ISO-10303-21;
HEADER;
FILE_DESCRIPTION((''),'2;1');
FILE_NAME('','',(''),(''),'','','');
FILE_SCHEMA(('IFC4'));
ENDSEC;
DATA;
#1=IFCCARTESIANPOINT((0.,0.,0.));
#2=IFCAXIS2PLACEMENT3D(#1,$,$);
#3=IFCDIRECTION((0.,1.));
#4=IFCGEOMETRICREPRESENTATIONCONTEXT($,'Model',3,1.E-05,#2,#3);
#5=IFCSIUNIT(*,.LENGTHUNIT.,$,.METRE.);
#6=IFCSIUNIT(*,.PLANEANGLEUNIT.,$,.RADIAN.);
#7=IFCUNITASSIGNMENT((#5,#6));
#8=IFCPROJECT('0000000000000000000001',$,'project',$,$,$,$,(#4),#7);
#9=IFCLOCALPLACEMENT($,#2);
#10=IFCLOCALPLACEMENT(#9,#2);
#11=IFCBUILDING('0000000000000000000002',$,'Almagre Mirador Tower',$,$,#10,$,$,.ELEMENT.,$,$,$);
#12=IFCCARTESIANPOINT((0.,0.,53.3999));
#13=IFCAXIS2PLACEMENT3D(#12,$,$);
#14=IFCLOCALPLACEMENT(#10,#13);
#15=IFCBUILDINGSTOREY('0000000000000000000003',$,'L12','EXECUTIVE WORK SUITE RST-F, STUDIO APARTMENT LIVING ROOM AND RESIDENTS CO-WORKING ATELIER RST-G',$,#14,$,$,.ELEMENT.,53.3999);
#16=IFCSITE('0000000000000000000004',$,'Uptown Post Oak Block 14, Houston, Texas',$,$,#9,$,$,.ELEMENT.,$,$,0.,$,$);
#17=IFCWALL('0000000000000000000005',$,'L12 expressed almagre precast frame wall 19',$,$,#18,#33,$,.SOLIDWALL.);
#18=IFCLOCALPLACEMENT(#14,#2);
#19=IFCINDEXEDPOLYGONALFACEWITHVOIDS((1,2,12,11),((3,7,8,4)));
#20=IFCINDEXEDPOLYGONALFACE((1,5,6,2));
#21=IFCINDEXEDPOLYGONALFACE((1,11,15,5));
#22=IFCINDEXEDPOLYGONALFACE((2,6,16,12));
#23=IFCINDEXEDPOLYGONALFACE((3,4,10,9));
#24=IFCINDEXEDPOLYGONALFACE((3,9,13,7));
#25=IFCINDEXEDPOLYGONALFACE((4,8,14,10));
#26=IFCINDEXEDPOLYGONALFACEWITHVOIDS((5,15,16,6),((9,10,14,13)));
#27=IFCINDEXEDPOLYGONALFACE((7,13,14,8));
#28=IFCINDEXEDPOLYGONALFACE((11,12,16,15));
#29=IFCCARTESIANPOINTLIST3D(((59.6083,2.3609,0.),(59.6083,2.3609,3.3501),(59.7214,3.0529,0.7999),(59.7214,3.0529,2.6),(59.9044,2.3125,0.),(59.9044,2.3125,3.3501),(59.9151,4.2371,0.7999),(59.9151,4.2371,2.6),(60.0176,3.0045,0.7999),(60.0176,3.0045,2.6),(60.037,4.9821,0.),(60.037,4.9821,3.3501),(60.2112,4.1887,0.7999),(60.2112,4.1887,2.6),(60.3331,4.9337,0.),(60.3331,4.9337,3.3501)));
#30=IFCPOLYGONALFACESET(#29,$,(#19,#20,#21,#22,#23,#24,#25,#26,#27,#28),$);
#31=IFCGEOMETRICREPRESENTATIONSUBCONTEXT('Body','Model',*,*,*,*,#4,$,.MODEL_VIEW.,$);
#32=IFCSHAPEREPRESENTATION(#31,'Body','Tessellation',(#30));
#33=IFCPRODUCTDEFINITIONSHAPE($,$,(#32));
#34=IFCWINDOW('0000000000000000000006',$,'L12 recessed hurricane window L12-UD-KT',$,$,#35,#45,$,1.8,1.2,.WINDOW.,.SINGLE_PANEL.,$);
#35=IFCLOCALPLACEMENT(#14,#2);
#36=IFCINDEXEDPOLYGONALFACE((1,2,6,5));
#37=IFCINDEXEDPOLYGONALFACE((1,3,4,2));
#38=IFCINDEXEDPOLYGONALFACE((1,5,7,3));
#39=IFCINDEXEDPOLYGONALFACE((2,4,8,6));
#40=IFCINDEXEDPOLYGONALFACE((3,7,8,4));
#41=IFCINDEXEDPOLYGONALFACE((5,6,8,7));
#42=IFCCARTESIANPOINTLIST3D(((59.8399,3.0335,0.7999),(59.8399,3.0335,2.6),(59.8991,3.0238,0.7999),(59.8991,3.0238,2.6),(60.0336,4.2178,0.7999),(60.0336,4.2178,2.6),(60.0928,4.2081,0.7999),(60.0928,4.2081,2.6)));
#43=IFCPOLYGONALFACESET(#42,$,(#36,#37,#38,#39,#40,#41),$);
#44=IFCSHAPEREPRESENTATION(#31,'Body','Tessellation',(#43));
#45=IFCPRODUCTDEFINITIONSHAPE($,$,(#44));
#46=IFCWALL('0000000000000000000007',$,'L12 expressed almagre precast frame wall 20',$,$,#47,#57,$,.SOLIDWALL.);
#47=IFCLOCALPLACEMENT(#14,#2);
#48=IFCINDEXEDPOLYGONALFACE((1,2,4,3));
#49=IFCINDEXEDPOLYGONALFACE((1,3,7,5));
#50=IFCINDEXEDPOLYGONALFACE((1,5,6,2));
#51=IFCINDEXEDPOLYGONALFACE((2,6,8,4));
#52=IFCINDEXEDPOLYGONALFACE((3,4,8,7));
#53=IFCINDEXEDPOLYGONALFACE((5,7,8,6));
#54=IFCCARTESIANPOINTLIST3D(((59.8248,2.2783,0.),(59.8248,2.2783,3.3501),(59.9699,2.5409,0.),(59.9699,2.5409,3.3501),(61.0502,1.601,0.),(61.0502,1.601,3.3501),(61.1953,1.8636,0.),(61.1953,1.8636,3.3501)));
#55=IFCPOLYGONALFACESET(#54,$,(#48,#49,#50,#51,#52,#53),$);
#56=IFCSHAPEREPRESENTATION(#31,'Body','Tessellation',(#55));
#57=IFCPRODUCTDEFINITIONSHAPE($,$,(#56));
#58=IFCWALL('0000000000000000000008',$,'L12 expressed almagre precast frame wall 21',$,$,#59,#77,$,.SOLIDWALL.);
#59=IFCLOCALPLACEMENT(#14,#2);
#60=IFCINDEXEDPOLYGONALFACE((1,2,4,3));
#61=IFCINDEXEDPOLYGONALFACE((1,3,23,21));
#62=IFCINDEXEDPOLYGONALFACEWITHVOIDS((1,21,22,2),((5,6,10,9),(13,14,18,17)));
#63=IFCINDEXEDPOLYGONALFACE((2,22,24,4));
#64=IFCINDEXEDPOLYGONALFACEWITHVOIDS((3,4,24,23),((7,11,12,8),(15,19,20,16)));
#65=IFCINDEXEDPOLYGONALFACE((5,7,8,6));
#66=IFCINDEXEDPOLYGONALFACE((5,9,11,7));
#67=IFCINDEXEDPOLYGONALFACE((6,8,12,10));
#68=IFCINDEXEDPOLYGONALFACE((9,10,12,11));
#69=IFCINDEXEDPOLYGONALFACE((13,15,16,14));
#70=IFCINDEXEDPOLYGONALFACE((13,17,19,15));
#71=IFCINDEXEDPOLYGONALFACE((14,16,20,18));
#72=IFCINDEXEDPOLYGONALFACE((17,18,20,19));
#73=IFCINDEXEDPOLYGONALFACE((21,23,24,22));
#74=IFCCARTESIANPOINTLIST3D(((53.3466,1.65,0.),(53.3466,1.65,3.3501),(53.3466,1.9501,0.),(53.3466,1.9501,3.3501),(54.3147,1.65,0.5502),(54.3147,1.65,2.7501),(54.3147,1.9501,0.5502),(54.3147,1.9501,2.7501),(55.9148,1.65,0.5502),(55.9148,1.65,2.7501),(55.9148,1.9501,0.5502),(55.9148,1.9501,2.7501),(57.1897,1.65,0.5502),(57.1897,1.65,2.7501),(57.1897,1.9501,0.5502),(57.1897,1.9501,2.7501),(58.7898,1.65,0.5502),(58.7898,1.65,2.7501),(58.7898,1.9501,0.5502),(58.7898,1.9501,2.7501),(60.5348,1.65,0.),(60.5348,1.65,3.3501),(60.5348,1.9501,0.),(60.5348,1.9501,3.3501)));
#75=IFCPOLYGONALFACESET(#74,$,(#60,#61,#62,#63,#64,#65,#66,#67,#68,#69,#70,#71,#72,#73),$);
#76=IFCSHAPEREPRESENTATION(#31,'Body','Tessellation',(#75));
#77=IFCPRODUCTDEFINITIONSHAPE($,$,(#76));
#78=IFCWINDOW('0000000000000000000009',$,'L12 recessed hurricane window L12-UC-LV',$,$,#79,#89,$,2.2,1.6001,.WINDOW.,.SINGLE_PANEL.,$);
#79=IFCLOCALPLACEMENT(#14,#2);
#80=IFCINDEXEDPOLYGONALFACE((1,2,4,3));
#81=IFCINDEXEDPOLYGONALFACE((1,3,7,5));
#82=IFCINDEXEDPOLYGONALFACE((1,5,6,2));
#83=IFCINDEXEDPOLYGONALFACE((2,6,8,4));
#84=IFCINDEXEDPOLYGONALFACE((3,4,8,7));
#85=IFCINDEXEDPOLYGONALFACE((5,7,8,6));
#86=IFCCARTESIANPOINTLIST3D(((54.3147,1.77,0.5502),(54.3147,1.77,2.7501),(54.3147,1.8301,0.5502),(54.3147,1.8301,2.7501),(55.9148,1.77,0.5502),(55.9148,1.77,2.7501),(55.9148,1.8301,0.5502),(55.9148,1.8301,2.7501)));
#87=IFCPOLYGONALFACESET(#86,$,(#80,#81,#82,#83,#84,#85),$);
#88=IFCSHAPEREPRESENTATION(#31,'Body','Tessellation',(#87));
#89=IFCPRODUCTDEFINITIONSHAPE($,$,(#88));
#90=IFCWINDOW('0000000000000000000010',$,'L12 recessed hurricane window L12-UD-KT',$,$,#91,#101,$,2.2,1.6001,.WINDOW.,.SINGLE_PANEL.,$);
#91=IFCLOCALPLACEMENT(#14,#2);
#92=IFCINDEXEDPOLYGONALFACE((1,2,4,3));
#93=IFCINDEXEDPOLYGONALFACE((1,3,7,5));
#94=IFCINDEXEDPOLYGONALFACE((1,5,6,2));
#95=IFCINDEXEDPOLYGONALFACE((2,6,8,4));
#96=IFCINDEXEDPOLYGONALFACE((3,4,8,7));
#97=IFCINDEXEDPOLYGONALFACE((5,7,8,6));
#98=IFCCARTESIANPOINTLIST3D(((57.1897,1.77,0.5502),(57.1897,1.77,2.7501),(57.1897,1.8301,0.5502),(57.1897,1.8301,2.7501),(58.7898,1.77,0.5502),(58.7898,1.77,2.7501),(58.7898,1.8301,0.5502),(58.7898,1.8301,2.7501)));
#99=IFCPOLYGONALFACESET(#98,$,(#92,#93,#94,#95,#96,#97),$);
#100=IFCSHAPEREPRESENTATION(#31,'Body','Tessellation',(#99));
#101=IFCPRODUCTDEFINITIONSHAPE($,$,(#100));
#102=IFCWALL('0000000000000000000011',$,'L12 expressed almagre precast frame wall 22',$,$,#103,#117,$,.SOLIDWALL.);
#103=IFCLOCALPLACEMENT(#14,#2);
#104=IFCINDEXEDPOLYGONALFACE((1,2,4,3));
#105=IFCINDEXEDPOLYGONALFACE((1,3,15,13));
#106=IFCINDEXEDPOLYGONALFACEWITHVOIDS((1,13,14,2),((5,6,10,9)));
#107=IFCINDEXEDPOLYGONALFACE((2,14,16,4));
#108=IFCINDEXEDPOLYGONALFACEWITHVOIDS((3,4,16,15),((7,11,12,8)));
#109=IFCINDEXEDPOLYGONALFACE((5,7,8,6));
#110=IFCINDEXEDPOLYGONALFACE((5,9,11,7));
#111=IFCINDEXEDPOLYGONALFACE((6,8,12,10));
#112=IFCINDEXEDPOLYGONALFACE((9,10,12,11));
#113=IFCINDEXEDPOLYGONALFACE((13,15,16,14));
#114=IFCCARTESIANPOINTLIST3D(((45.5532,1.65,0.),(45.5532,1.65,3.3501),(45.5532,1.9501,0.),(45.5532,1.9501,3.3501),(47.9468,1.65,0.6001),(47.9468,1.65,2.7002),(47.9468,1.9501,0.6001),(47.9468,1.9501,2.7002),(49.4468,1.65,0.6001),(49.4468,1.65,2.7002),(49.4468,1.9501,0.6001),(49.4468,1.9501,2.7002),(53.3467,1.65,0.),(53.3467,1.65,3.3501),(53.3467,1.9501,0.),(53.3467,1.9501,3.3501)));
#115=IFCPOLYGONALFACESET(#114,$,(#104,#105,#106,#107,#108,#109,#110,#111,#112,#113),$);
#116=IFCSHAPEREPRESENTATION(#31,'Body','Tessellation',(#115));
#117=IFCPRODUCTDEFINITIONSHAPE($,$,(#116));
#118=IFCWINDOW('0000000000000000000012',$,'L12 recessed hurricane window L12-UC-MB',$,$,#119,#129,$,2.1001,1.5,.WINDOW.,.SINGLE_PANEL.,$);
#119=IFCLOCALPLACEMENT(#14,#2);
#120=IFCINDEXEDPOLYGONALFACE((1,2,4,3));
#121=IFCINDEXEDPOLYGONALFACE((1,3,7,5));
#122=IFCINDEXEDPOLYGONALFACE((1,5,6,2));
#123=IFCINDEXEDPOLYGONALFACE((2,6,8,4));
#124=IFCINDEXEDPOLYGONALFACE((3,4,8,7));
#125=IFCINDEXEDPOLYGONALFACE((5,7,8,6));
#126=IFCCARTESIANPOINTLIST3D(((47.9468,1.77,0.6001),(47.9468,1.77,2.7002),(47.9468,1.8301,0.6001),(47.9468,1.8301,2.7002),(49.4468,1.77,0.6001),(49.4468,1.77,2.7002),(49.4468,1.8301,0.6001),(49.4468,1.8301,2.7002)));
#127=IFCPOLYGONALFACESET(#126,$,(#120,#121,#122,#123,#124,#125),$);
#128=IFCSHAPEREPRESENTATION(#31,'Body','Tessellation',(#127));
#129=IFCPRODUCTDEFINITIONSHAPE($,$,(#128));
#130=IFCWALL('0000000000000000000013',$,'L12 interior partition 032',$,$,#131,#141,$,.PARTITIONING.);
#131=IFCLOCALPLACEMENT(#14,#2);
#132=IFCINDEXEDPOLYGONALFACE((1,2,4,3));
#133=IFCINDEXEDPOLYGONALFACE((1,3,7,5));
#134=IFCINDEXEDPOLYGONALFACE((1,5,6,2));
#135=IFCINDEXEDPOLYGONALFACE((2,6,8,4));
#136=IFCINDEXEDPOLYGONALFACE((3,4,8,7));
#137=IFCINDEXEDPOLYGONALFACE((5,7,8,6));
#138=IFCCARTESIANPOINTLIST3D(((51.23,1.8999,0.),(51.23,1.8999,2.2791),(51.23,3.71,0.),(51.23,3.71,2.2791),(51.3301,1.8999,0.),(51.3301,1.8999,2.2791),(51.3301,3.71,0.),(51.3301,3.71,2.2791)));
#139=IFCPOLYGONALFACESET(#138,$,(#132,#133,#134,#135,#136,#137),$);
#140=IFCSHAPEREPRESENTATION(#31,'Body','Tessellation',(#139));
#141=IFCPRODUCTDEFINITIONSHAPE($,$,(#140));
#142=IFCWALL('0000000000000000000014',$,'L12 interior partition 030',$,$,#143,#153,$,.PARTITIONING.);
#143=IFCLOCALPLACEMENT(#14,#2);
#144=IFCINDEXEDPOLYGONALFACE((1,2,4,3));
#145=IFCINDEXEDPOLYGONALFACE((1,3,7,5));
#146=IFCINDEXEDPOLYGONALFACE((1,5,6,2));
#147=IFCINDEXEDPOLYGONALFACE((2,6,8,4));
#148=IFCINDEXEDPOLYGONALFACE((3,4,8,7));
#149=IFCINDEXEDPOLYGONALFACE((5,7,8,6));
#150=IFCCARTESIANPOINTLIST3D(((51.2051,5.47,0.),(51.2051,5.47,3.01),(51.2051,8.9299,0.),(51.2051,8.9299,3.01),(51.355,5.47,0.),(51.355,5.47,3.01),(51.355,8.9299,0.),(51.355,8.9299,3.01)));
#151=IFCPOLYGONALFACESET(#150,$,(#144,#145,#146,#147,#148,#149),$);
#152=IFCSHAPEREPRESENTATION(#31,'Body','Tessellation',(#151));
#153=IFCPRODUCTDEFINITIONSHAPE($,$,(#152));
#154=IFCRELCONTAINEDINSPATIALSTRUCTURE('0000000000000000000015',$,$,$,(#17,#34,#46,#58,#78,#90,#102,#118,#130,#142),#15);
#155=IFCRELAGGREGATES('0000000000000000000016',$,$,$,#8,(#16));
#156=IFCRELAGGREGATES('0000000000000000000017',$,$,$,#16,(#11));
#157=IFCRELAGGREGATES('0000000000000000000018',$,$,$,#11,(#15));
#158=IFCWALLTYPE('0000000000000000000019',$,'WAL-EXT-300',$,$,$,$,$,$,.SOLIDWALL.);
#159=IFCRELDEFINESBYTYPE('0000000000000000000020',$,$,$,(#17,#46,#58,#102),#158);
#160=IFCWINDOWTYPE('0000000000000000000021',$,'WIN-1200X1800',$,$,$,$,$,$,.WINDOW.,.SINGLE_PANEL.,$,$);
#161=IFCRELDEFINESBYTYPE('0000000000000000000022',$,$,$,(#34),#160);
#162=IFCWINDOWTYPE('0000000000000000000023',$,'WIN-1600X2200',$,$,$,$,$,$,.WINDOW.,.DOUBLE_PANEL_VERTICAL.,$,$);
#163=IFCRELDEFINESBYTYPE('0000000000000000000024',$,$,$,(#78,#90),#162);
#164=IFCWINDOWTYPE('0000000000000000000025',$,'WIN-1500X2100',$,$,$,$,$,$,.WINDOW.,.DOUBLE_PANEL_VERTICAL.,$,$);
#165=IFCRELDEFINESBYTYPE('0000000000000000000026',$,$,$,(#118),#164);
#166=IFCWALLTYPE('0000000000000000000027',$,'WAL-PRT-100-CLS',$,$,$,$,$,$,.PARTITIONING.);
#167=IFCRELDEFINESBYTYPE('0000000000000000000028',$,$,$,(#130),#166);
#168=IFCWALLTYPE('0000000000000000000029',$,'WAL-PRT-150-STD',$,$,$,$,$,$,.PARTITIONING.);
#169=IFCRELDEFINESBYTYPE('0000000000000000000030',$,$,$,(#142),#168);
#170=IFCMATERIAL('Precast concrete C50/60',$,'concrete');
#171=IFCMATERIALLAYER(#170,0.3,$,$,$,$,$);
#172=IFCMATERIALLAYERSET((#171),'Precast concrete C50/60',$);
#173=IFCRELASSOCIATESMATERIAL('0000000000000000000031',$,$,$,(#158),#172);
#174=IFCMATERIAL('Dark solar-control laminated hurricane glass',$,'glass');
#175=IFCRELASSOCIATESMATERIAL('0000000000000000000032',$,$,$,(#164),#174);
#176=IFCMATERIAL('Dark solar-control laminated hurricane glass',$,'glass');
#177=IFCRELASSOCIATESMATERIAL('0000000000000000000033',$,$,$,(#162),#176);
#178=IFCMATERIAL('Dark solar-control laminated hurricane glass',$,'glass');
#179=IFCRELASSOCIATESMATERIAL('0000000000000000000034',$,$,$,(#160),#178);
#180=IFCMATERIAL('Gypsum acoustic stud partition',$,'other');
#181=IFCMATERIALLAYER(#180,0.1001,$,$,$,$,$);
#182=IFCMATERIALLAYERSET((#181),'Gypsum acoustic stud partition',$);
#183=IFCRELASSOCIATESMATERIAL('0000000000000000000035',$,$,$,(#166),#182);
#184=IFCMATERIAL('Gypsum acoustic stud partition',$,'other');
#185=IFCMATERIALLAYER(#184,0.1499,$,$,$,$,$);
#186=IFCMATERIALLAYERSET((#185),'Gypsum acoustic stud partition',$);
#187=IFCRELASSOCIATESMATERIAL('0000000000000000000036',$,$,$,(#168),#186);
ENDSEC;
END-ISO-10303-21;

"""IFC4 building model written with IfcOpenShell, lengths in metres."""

from ifc_helpers import new_model, si_unit, direction, frame, frame_2d, origin, place, context, subcontext, project, spatial, rectangle, extrude, material, layer, layer_set, type_object, element, fill, save


model = new_model("IFC4")

# Units and contexts
model_context = context("Model", 3, precision=1e-05, world=origin(), true_north=direction((0.0, 1.0)))
body_context = subcontext(model_context, "Body", "Model", "MODEL_VIEW")
ifc_project = project(units=[si_unit("LENGTHUNIT", "METRE"), si_unit("PLANEANGLEUNIT", "RADIAN")], contexts=[model_context])

# Site, building, storey
site_placement = place(None, origin())
site = spatial("IfcSite", under=ifc_project, at=site_placement, Name="Uptown Post Oak Block 14, Houston, Texas", CompositionType="ELEMENT", RefElevation=0.0)
building_placement = place(site_placement, origin())
building = spatial("IfcBuilding", under=site, at=building_placement, Name="Almagre Mirador Tower", CompositionType="ELEMENT")
storey_placement = place(building_placement, frame((0.0, 0.0, 53.3999)))
storey = spatial("IfcBuildingStorey", under=building, at=storey_placement, Name="L12", Description="EXECUTIVE WORK SUITE RST-F, STUDIO APARTMENT LIVING ROOM AND RESIDENTS CO-WORKING ATELIER RST-G", CompositionType="ELEMENT", Elevation=53.3999)

# Shared definitions
ifc_material_1 = material(Name="Precast concrete C50/60", Category="concrete")
ifc_layer_1 = layer(ifc_material_1, 0.3)
ifc_layer_set_1 = layer_set([ifc_layer_1], Name="Precast concrete C50/60")
wall_type_1 = type_object("IfcWallType", Name="WAL-EXT-300", PredefinedType="SOLIDWALL", material=ifc_layer_set_1)
ifc_material_2 = material(Name="Dark solar-control laminated hurricane glass", Category="glass")
window_type_1 = type_object("IfcWindowType", Name="WIN-1500X2100", PartitioningType="DOUBLE_PANEL_VERTICAL", PredefinedType="WINDOW", material=ifc_material_2)

# Wall, opening, window
ifc_material_3 = material(Name="Dark solar-control laminated hurricane glass", Category="glass")
window_type_2 = type_object("IfcWindowType", Name="WIN-1600X2200", PartitioningType="DOUBLE_PANEL_VERTICAL", PredefinedType="WINDOW", material=ifc_material_3)
wall_1_placement = place(storey_placement, frame((60.1851, 4.958, 0.0), z_axis=(0.0, 0.0, 1.0), x_axis=(-0.161417, -0.986886, 0.0)))
wall_1 = element("IfcWall", 1, at=wall_1_placement, inside=storey, type_object=wall_type_1, Name="L12 expressed almagre precast frame wall 19", PredefinedType="SOLIDWALL", context=body_context, shape_type="SweptSolid", body=[
    extrude(rectangle(XDim=2.656, YDim=0.3, at=frame_2d((1.3281, 0.0))), origin(), (0.0, 0.0, 1.0), 3.3501),
])
opening_1_placement = place(wall_1_placement, frame((0.7549, 0.0, 0.8)))
opening_1 = element("IfcOpeningElement", 2, at=opening_1_placement, cuts=wall_1, PredefinedType="OPENING", context=body_context, shape_type="SweptSolid", body=[
    extrude(rectangle(XDim=1.2, YDim=1.8, at=frame_2d((0.6001, 0.8999))), frame((0.0, 0.1599, 0.0), z_axis=(0.0, -1.0, 0.0), x_axis=(1.0, 0.0, 0.0)), (0.0, 0.0, 1.0), 0.32),
])
ifc_material_4 = material(Name="Dark solar-control laminated hurricane glass", Category="glass")
window_type_3 = type_object("IfcWindowType", Name="WIN-1200X1800", PartitioningType="SINGLE_PANEL", PredefinedType="WINDOW", material=ifc_material_4)
window_1_placement = place(opening_1_placement, origin())
window_1 = element("IfcWindow", 3, at=window_1_placement, inside=storey, type_object=window_type_3, Name="L12 recessed hurricane window L12-UD-KT", OverallHeight=1.8, OverallWidth=1.2, PartitioningType="SINGLE_PANEL", PredefinedType="WINDOW", context=body_context, shape_type="SweptSolid", body=[
    extrude(rectangle(XDim=1.2, YDim=1.8, at=frame_2d((0.6001, 0.8999))), frame((0.0, 0.03, 0.0), z_axis=(0.0, -1.0, 0.0), x_axis=(1.0, 0.0, 0.0)), (0.0, 0.0, 1.0), 0.0601),
])
fill(opening_1, window_1)

# Wall
wall_2_placement = place(storey_placement, frame((59.8972, 2.4097, 0.0), z_axis=(0.0, 0.0, 1.0), x_axis=(0.875216, -0.483732, 0.0)))
element("IfcWall", 4, at=wall_2_placement, inside=storey, type_object=wall_type_1, Name="L12 expressed almagre precast frame wall 20", PredefinedType="SOLIDWALL", context=body_context, shape_type="SweptSolid", body=[
    extrude(rectangle(XDim=1.4001, YDim=0.3, at=frame_2d((0.7002, 0.0))), origin(), (0.0, 0.0, 1.0), 3.3501),
])

# Wall, openings, windows
wall_3_placement = place(storey_placement, frame((60.5349, 1.8, 0.0), z_axis=(0.0, 0.0, 1.0), x_axis=(-1.0, 0.0, 0.0)))
wall_3 = element("IfcWall", 5, at=wall_3_placement, inside=storey, type_object=wall_type_1, Name="L12 expressed almagre precast frame wall 21", PredefinedType="SOLIDWALL", context=body_context, shape_type="SweptSolid", body=[
    extrude(rectangle(XDim=7.1882, YDim=0.3, at=frame_2d((3.5942, 0.0))), origin(), (0.0, 0.0, 1.0), 3.3501),
])
opening_2_placement = place(wall_3_placement, frame((4.6201, 0.0, 0.55)))
opening_2 = element("IfcOpeningElement", 6, at=opening_2_placement, cuts=wall_3, PredefinedType="OPENING", context=body_context, shape_type="SweptSolid", body=[
    extrude(rectangle(XDim=1.6001, YDim=2.2, at=frame_2d((0.8, 1.1001))), frame((0.0, 0.1599, 0.0), z_axis=(0.0, -1.0, 0.0), x_axis=(1.0, 0.0, 0.0)), (0.0, 0.0, 1.0), 0.32),
])
opening_3_placement = place(wall_3_placement, frame((1.7451, 0.0, 0.55)))
opening_3 = element("IfcOpeningElement", 7, at=opening_3_placement, cuts=wall_3, PredefinedType="OPENING", context=body_context, shape_type="SweptSolid", body=[
    extrude(rectangle(XDim=1.6001, YDim=2.2, at=frame_2d((0.8, 1.1001))), frame((0.0, 0.1599, 0.0), z_axis=(0.0, -1.0, 0.0), x_axis=(1.0, 0.0, 0.0)), (0.0, 0.0, 1.0), 0.32),
])
window_2_placement = place(opening_2_placement, origin())
window_2 = element("IfcWindow", 8, at=window_2_placement, inside=storey, type_object=window_type_2, Name="L12 recessed hurricane window L12-UC-LV", OverallHeight=2.2, OverallWidth=1.6001, PartitioningType="SINGLE_PANEL", PredefinedType="WINDOW", context=body_context, shape_type="SweptSolid", body=[
    extrude(rectangle(XDim=1.6001, YDim=2.2, at=frame_2d((0.8, 1.1001))), frame((0.0, 0.03, 0.0), z_axis=(0.0, -1.0, 0.0), x_axis=(1.0, 0.0, 0.0)), (0.0, 0.0, 1.0), 0.0601),
])
fill(opening_2, window_2)
window_3_placement = place(opening_3_placement, origin())
window_3 = element("IfcWindow", 9, at=window_3_placement, inside=storey, type_object=window_type_2, Name="L12 recessed hurricane window L12-UD-KT", OverallHeight=2.2, OverallWidth=1.6001, PartitioningType="SINGLE_PANEL", PredefinedType="WINDOW", context=body_context, shape_type="SweptSolid", body=[
    extrude(rectangle(XDim=1.6001, YDim=2.2, at=frame_2d((0.8, 1.1001))), frame((0.0, 0.03, 0.0), z_axis=(0.0, -1.0, 0.0), x_axis=(1.0, 0.0, 0.0)), (0.0, 0.0, 1.0), 0.0601),
])
fill(opening_3, window_3)

# Wall, opening, window
wall_4_placement = place(storey_placement, frame((53.3467, 1.8, 0.0), z_axis=(0.0, 0.0, 1.0), x_axis=(-1.0, 0.0, 0.0)))
wall_4 = element("IfcWall", 10, at=wall_4_placement, inside=storey, type_object=wall_type_1, Name="L12 expressed almagre precast frame wall 22", PredefinedType="SOLIDWALL", context=body_context, shape_type="SweptSolid", body=[
    extrude(rectangle(XDim=7.7935, YDim=0.3, at=frame_2d((3.8967, 0.0))), origin(), (0.0, 0.0, 1.0), 3.3501),
])
opening_4_placement = place(wall_4_placement, frame((3.8999, 0.0, 0.6001)))
opening_4 = element("IfcOpeningElement", 11, at=opening_4_placement, cuts=wall_4, PredefinedType="OPENING", context=body_context, shape_type="SweptSolid", body=[
    extrude(rectangle(XDim=1.5, YDim=2.1001, at=frame_2d((0.75, 1.05))), frame((0.0, 0.1599, 0.0), z_axis=(0.0, -1.0, 0.0), x_axis=(1.0, 0.0, 0.0)), (0.0, 0.0, 1.0), 0.32),
])
window_4_placement = place(opening_4_placement, origin())
window_4 = element("IfcWindow", 12, at=window_4_placement, inside=storey, type_object=window_type_1, Name="L12 recessed hurricane window L12-UC-MB", OverallHeight=2.1001, OverallWidth=1.5, PartitioningType="SINGLE_PANEL", PredefinedType="WINDOW", context=body_context, shape_type="SweptSolid", body=[
    extrude(rectangle(XDim=1.5, YDim=2.1001, at=frame_2d((0.75, 1.05))), frame((0.0, 0.03, 0.0), z_axis=(0.0, -1.0, 0.0), x_axis=(1.0, 0.0, 0.0)), (0.0, 0.0, 1.0), 0.0601),
])
fill(opening_4, window_4)

# Walls
ifc_material_5 = material(Name="Gypsum acoustic stud partition", Category="other")
ifc_layer_2 = layer(ifc_material_5, 0.1001)
ifc_layer_set_2 = layer_set([ifc_layer_2], Name="Gypsum acoustic stud partition")
wall_type_2 = type_object("IfcWallType", Name="WAL-PRT-100-CLS", PredefinedType="PARTITIONING", material=ifc_layer_set_2)
wall_5_placement = place(storey_placement, frame((51.28, 3.71, 0.0), z_axis=(0.0, 0.0, 1.0), x_axis=(0.0, -1.0, 0.0)))
element("IfcWall", 13, at=wall_5_placement, inside=storey, type_object=wall_type_2, Name="L12 interior partition 032", PredefinedType="PARTITIONING", context=body_context, shape_type="SweptSolid", body=[
    extrude(rectangle(XDim=1.8101, YDim=0.1001, at=frame_2d((0.905, 0.0))), origin(), (0.0, 0.0, 1.0), 2.2791),
])
ifc_material_6 = material(Name="Gypsum acoustic stud partition", Category="other")
ifc_layer_3 = layer(ifc_material_6, 0.1499)
ifc_layer_set_3 = layer_set([ifc_layer_3], Name="Gypsum acoustic stud partition")
wall_type_3 = type_object("IfcWallType", Name="WAL-PRT-150-STD", PredefinedType="PARTITIONING", material=ifc_layer_set_3)
wall_6_placement = place(storey_placement, frame((51.28, 8.9299, 0.0), z_axis=(0.0, 0.0, 1.0), x_axis=(0.0, -1.0, 0.0)))
element("IfcWall", 14, at=wall_6_placement, inside=storey, type_object=wall_type_3, Name="L12 interior partition 030", PredefinedType="PARTITIONING", context=body_context, shape_type="SweptSolid", body=[
    extrude(rectangle(XDim=3.46, YDim=0.1499, at=frame_2d((1.73, 0.0))), origin(), (0.0, 0.0, 1.0), 3.01),
])

save(model, "model.ifc")
